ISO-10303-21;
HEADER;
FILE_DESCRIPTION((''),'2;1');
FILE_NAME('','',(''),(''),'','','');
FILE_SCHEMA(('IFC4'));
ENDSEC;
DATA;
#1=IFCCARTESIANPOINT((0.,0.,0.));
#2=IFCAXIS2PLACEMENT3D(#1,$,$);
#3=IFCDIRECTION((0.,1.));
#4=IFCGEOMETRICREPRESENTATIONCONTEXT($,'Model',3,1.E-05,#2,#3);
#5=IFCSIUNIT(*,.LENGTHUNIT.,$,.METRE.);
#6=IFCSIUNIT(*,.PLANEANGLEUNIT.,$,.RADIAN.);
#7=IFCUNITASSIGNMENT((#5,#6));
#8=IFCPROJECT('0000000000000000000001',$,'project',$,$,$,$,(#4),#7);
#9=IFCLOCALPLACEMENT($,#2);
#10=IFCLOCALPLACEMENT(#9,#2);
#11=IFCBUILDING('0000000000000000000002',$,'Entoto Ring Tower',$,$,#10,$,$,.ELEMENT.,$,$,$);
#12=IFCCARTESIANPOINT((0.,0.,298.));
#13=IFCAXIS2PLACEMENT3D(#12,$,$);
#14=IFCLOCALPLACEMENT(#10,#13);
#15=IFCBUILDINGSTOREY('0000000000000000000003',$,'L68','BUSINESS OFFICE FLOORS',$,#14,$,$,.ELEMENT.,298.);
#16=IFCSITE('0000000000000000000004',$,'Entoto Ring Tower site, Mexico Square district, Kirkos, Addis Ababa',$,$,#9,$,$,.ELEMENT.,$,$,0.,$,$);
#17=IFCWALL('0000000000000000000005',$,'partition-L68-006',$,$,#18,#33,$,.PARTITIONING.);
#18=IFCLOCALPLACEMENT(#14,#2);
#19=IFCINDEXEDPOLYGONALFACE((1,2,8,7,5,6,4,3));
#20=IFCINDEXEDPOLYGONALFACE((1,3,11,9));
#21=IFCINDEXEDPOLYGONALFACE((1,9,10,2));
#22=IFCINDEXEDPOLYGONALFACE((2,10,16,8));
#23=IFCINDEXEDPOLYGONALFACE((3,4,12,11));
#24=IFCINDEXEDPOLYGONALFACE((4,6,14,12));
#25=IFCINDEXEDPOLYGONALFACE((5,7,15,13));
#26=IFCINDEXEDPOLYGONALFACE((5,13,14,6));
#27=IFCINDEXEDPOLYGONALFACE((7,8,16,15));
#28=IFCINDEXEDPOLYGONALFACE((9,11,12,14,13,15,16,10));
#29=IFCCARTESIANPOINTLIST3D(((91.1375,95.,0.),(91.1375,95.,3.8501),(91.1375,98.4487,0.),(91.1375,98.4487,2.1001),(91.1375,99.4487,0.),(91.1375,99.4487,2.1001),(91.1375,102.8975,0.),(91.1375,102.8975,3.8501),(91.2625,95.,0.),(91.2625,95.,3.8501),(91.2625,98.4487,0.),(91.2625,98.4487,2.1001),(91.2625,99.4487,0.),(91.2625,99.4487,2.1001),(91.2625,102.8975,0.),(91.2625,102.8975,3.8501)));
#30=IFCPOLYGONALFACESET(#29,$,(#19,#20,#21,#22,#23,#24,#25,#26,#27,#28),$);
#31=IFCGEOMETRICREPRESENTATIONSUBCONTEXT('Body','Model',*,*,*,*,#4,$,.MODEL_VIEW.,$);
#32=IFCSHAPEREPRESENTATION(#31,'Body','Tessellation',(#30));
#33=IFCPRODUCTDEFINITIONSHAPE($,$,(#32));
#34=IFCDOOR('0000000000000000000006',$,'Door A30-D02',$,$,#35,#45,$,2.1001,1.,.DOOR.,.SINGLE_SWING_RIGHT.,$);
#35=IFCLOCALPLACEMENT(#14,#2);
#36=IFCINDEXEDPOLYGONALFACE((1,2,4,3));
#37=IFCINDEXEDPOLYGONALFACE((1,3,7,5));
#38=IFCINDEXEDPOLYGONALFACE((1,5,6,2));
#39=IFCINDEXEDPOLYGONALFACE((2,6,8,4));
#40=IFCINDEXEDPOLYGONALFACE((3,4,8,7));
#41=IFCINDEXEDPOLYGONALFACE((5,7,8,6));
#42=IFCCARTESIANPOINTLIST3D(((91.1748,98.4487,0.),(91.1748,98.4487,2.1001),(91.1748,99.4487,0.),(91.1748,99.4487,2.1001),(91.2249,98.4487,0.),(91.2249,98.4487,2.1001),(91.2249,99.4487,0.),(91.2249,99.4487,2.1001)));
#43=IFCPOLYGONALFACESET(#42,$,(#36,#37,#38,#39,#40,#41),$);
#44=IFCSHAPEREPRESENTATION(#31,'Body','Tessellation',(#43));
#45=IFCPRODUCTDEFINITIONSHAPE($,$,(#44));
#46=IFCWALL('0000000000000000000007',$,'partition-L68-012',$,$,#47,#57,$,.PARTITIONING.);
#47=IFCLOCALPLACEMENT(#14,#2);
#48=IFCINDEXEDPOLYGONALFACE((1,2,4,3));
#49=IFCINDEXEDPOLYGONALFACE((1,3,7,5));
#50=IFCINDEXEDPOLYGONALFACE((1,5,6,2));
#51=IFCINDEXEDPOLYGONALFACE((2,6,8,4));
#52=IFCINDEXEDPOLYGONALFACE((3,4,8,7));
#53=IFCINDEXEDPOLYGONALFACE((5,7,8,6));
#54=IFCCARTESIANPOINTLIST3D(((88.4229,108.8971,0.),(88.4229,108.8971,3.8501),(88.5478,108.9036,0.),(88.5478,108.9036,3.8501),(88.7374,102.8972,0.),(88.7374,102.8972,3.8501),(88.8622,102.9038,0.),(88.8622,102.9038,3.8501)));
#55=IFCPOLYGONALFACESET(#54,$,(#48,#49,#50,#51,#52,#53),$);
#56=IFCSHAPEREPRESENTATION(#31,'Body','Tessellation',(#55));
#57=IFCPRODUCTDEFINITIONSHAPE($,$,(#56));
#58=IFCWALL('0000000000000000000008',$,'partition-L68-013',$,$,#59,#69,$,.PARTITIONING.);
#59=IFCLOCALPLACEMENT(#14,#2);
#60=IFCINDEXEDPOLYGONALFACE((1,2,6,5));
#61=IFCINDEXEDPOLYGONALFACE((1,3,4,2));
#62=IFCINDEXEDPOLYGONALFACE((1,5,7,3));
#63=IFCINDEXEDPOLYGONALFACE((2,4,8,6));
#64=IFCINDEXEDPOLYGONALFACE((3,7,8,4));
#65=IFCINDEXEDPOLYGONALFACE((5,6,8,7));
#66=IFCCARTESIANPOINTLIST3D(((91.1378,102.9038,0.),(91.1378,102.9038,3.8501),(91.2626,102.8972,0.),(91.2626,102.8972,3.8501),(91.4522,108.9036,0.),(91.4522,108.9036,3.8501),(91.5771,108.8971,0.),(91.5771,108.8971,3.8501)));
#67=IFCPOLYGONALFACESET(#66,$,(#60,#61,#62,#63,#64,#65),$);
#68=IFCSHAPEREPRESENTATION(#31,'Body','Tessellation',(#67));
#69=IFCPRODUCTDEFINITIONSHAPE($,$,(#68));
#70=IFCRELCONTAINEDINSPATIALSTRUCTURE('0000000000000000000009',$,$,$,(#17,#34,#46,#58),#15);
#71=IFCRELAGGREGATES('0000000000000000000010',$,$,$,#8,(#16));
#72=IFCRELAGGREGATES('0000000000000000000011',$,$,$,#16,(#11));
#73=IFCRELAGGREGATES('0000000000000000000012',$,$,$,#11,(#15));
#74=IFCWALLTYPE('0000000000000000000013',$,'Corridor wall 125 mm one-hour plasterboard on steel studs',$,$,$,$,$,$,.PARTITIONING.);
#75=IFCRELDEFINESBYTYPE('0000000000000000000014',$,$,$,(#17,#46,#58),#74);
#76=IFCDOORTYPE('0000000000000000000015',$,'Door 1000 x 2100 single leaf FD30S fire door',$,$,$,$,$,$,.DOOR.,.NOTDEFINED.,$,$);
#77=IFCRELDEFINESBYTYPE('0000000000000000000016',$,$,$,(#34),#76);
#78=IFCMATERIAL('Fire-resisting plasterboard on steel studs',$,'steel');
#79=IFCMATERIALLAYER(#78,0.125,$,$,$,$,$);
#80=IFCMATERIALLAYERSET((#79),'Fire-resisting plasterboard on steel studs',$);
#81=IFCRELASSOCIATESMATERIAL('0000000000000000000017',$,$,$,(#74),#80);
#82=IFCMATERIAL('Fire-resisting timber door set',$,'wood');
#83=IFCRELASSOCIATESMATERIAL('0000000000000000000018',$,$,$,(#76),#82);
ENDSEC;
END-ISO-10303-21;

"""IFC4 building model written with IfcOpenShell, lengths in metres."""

from ifc_helpers import new_model, si_unit, direction, frame, frame_2d, origin, place, context, subcontext, project, spatial, rectangle, extrude, material, layer, layer_set, type_object, element, fill, save


model = new_model("IFC4")

# Units and contexts
model_context = context("Model", 3, precision=1e-05, world=origin(), true_north=direction((0.0, 1.0)))
body_context = subcontext(model_context, "Body", "Model", "MODEL_VIEW")
ifc_project = project(units=[si_unit("LENGTHUNIT", "METRE"), si_unit("PLANEANGLEUNIT", "RADIAN")], contexts=[model_context])

# Site, building, storey
site_placement = place(None, origin())
site = spatial("IfcSite", under=ifc_project, at=site_placement, Name="Entoto Ring Tower site, Mexico Square district, Kirkos, Addis Ababa", CompositionType="ELEMENT", RefElevation=0.0)
building_placement = place(site_placement, origin())
building = spatial("IfcBuilding", under=site, at=building_placement, Name="Entoto Ring Tower", CompositionType="ELEMENT")
storey_placement = place(building_placement, frame((0.0, 0.0, 298.0)))
storey = spatial("IfcBuildingStorey", under=building, at=storey_placement, Name="L68", Description="BUSINESS OFFICE FLOORS", CompositionType="ELEMENT", Elevation=298.0)

# Wall, opening, door
ifc_material_1 = material(Name="Fire-resisting plasterboard on steel studs", Category="steel")
ifc_layer_1 = layer(ifc_material_1, 0.125)
ifc_layer_set_1 = layer_set([ifc_layer_1], Name="Fire-resisting plasterboard on steel studs")
wall_type_1 = type_object("IfcWallType", Name="Corridor wall 125 mm one-hour plasterboard on steel studs", PredefinedType="PARTITIONING", material=ifc_layer_set_1)
wall_1_placement = place(storey_placement, frame((91.2, 95.0, 0.0), z_axis=(0.0, 0.0, 1.0), x_axis=(0.0, 1.0, 0.0)))
wall_1 = element("IfcWall", 1, at=wall_1_placement, inside=storey, type_object=wall_type_1, Name="partition-L68-006", PredefinedType="PARTITIONING", context=body_context, shape_type="SweptSolid", body=[
    extrude(rectangle(XDim=7.8975, YDim=0.125, at=frame_2d((3.9487, 0.0))), origin(), (0.0, 0.0, 1.0), 3.8501),
])
opening_1_placement = place(wall_1_placement, frame((3.4487, 0.0, 0.0)))
opening_1 = element("IfcOpeningElement", 2, at=opening_1_placement, cuts=wall_1, PredefinedType="OPENING", context=body_context, shape_type="SweptSolid", body=[
    extrude(rectangle(XDim=1.0, YDim=2.1001, at=frame_2d((0.5, 1.05))), frame((0.0, 0.0725, 0.0), z_axis=(0.0, -1.0, 0.0), x_axis=(1.0, 0.0, 0.0)), (0.0, 0.0, 1.0), 0.145),
])
ifc_material_2 = material(Name="Fire-resisting timber door set", Category="wood")
door_type_1 = type_object("IfcDoorType", Name="Door 1000 x 2100 single leaf FD30S fire door", OperationType="NOTDEFINED", PredefinedType="DOOR", material=ifc_material_2)
door_1_placement = place(opening_1_placement, frame((1.0, 0.0, 0.0), z_axis=(0.0, 0.0, 1.0), x_axis=(-1.0, 0.0, 0.0)))
door_1 = element("IfcDoor", 3, at=door_1_placement, inside=storey, type_object=door_type_1, Name="Door A30-D02", OperationType="SINGLE_SWING_RIGHT", OverallHeight=2.1001, OverallWidth=1.0, PredefinedType="DOOR", context=body_context, shape_type="SweptSolid", body=[
    extrude(rectangle(XDim=1.0, YDim=2.1001, at=frame_2d((0.5, 1.05))), frame((0.0, 0.0249, 0.0), z_axis=(0.0, -1.0, 0.0), x_axis=(1.0, 0.0, 0.0)), (0.0, 0.0, 1.0), 0.05),
])
fill(opening_1, door_1)

# Walls
for number, where, z_axis, x_axis, name in (
    (4, (88.7998, 102.9006, 0.0), (0.0, 0.0, 1.0), (-0.052339, 0.998629, 0.0), "partition-L68-012"),
    (5, (91.2002, 102.9006, 0.0), (0.0, 0.0, 1.0), (0.052339, 0.998629, 0.0), "partition-L68-013"),
):
    element("IfcWall", number, at=place(storey_placement, frame(where, z_axis=z_axis, x_axis=x_axis)), inside=storey, type_object=wall_type_1, Name=name, PredefinedType="PARTITIONING", context=body_context, shape_type="SweptSolid", body=[
        extrude(rectangle(XDim=6.0081, YDim=0.125, at=frame_2d((3.0039, 0.0))), origin(), (0.0, 0.0, 1.0), 3.8501),
    ])

save(model, "model.ifc")
